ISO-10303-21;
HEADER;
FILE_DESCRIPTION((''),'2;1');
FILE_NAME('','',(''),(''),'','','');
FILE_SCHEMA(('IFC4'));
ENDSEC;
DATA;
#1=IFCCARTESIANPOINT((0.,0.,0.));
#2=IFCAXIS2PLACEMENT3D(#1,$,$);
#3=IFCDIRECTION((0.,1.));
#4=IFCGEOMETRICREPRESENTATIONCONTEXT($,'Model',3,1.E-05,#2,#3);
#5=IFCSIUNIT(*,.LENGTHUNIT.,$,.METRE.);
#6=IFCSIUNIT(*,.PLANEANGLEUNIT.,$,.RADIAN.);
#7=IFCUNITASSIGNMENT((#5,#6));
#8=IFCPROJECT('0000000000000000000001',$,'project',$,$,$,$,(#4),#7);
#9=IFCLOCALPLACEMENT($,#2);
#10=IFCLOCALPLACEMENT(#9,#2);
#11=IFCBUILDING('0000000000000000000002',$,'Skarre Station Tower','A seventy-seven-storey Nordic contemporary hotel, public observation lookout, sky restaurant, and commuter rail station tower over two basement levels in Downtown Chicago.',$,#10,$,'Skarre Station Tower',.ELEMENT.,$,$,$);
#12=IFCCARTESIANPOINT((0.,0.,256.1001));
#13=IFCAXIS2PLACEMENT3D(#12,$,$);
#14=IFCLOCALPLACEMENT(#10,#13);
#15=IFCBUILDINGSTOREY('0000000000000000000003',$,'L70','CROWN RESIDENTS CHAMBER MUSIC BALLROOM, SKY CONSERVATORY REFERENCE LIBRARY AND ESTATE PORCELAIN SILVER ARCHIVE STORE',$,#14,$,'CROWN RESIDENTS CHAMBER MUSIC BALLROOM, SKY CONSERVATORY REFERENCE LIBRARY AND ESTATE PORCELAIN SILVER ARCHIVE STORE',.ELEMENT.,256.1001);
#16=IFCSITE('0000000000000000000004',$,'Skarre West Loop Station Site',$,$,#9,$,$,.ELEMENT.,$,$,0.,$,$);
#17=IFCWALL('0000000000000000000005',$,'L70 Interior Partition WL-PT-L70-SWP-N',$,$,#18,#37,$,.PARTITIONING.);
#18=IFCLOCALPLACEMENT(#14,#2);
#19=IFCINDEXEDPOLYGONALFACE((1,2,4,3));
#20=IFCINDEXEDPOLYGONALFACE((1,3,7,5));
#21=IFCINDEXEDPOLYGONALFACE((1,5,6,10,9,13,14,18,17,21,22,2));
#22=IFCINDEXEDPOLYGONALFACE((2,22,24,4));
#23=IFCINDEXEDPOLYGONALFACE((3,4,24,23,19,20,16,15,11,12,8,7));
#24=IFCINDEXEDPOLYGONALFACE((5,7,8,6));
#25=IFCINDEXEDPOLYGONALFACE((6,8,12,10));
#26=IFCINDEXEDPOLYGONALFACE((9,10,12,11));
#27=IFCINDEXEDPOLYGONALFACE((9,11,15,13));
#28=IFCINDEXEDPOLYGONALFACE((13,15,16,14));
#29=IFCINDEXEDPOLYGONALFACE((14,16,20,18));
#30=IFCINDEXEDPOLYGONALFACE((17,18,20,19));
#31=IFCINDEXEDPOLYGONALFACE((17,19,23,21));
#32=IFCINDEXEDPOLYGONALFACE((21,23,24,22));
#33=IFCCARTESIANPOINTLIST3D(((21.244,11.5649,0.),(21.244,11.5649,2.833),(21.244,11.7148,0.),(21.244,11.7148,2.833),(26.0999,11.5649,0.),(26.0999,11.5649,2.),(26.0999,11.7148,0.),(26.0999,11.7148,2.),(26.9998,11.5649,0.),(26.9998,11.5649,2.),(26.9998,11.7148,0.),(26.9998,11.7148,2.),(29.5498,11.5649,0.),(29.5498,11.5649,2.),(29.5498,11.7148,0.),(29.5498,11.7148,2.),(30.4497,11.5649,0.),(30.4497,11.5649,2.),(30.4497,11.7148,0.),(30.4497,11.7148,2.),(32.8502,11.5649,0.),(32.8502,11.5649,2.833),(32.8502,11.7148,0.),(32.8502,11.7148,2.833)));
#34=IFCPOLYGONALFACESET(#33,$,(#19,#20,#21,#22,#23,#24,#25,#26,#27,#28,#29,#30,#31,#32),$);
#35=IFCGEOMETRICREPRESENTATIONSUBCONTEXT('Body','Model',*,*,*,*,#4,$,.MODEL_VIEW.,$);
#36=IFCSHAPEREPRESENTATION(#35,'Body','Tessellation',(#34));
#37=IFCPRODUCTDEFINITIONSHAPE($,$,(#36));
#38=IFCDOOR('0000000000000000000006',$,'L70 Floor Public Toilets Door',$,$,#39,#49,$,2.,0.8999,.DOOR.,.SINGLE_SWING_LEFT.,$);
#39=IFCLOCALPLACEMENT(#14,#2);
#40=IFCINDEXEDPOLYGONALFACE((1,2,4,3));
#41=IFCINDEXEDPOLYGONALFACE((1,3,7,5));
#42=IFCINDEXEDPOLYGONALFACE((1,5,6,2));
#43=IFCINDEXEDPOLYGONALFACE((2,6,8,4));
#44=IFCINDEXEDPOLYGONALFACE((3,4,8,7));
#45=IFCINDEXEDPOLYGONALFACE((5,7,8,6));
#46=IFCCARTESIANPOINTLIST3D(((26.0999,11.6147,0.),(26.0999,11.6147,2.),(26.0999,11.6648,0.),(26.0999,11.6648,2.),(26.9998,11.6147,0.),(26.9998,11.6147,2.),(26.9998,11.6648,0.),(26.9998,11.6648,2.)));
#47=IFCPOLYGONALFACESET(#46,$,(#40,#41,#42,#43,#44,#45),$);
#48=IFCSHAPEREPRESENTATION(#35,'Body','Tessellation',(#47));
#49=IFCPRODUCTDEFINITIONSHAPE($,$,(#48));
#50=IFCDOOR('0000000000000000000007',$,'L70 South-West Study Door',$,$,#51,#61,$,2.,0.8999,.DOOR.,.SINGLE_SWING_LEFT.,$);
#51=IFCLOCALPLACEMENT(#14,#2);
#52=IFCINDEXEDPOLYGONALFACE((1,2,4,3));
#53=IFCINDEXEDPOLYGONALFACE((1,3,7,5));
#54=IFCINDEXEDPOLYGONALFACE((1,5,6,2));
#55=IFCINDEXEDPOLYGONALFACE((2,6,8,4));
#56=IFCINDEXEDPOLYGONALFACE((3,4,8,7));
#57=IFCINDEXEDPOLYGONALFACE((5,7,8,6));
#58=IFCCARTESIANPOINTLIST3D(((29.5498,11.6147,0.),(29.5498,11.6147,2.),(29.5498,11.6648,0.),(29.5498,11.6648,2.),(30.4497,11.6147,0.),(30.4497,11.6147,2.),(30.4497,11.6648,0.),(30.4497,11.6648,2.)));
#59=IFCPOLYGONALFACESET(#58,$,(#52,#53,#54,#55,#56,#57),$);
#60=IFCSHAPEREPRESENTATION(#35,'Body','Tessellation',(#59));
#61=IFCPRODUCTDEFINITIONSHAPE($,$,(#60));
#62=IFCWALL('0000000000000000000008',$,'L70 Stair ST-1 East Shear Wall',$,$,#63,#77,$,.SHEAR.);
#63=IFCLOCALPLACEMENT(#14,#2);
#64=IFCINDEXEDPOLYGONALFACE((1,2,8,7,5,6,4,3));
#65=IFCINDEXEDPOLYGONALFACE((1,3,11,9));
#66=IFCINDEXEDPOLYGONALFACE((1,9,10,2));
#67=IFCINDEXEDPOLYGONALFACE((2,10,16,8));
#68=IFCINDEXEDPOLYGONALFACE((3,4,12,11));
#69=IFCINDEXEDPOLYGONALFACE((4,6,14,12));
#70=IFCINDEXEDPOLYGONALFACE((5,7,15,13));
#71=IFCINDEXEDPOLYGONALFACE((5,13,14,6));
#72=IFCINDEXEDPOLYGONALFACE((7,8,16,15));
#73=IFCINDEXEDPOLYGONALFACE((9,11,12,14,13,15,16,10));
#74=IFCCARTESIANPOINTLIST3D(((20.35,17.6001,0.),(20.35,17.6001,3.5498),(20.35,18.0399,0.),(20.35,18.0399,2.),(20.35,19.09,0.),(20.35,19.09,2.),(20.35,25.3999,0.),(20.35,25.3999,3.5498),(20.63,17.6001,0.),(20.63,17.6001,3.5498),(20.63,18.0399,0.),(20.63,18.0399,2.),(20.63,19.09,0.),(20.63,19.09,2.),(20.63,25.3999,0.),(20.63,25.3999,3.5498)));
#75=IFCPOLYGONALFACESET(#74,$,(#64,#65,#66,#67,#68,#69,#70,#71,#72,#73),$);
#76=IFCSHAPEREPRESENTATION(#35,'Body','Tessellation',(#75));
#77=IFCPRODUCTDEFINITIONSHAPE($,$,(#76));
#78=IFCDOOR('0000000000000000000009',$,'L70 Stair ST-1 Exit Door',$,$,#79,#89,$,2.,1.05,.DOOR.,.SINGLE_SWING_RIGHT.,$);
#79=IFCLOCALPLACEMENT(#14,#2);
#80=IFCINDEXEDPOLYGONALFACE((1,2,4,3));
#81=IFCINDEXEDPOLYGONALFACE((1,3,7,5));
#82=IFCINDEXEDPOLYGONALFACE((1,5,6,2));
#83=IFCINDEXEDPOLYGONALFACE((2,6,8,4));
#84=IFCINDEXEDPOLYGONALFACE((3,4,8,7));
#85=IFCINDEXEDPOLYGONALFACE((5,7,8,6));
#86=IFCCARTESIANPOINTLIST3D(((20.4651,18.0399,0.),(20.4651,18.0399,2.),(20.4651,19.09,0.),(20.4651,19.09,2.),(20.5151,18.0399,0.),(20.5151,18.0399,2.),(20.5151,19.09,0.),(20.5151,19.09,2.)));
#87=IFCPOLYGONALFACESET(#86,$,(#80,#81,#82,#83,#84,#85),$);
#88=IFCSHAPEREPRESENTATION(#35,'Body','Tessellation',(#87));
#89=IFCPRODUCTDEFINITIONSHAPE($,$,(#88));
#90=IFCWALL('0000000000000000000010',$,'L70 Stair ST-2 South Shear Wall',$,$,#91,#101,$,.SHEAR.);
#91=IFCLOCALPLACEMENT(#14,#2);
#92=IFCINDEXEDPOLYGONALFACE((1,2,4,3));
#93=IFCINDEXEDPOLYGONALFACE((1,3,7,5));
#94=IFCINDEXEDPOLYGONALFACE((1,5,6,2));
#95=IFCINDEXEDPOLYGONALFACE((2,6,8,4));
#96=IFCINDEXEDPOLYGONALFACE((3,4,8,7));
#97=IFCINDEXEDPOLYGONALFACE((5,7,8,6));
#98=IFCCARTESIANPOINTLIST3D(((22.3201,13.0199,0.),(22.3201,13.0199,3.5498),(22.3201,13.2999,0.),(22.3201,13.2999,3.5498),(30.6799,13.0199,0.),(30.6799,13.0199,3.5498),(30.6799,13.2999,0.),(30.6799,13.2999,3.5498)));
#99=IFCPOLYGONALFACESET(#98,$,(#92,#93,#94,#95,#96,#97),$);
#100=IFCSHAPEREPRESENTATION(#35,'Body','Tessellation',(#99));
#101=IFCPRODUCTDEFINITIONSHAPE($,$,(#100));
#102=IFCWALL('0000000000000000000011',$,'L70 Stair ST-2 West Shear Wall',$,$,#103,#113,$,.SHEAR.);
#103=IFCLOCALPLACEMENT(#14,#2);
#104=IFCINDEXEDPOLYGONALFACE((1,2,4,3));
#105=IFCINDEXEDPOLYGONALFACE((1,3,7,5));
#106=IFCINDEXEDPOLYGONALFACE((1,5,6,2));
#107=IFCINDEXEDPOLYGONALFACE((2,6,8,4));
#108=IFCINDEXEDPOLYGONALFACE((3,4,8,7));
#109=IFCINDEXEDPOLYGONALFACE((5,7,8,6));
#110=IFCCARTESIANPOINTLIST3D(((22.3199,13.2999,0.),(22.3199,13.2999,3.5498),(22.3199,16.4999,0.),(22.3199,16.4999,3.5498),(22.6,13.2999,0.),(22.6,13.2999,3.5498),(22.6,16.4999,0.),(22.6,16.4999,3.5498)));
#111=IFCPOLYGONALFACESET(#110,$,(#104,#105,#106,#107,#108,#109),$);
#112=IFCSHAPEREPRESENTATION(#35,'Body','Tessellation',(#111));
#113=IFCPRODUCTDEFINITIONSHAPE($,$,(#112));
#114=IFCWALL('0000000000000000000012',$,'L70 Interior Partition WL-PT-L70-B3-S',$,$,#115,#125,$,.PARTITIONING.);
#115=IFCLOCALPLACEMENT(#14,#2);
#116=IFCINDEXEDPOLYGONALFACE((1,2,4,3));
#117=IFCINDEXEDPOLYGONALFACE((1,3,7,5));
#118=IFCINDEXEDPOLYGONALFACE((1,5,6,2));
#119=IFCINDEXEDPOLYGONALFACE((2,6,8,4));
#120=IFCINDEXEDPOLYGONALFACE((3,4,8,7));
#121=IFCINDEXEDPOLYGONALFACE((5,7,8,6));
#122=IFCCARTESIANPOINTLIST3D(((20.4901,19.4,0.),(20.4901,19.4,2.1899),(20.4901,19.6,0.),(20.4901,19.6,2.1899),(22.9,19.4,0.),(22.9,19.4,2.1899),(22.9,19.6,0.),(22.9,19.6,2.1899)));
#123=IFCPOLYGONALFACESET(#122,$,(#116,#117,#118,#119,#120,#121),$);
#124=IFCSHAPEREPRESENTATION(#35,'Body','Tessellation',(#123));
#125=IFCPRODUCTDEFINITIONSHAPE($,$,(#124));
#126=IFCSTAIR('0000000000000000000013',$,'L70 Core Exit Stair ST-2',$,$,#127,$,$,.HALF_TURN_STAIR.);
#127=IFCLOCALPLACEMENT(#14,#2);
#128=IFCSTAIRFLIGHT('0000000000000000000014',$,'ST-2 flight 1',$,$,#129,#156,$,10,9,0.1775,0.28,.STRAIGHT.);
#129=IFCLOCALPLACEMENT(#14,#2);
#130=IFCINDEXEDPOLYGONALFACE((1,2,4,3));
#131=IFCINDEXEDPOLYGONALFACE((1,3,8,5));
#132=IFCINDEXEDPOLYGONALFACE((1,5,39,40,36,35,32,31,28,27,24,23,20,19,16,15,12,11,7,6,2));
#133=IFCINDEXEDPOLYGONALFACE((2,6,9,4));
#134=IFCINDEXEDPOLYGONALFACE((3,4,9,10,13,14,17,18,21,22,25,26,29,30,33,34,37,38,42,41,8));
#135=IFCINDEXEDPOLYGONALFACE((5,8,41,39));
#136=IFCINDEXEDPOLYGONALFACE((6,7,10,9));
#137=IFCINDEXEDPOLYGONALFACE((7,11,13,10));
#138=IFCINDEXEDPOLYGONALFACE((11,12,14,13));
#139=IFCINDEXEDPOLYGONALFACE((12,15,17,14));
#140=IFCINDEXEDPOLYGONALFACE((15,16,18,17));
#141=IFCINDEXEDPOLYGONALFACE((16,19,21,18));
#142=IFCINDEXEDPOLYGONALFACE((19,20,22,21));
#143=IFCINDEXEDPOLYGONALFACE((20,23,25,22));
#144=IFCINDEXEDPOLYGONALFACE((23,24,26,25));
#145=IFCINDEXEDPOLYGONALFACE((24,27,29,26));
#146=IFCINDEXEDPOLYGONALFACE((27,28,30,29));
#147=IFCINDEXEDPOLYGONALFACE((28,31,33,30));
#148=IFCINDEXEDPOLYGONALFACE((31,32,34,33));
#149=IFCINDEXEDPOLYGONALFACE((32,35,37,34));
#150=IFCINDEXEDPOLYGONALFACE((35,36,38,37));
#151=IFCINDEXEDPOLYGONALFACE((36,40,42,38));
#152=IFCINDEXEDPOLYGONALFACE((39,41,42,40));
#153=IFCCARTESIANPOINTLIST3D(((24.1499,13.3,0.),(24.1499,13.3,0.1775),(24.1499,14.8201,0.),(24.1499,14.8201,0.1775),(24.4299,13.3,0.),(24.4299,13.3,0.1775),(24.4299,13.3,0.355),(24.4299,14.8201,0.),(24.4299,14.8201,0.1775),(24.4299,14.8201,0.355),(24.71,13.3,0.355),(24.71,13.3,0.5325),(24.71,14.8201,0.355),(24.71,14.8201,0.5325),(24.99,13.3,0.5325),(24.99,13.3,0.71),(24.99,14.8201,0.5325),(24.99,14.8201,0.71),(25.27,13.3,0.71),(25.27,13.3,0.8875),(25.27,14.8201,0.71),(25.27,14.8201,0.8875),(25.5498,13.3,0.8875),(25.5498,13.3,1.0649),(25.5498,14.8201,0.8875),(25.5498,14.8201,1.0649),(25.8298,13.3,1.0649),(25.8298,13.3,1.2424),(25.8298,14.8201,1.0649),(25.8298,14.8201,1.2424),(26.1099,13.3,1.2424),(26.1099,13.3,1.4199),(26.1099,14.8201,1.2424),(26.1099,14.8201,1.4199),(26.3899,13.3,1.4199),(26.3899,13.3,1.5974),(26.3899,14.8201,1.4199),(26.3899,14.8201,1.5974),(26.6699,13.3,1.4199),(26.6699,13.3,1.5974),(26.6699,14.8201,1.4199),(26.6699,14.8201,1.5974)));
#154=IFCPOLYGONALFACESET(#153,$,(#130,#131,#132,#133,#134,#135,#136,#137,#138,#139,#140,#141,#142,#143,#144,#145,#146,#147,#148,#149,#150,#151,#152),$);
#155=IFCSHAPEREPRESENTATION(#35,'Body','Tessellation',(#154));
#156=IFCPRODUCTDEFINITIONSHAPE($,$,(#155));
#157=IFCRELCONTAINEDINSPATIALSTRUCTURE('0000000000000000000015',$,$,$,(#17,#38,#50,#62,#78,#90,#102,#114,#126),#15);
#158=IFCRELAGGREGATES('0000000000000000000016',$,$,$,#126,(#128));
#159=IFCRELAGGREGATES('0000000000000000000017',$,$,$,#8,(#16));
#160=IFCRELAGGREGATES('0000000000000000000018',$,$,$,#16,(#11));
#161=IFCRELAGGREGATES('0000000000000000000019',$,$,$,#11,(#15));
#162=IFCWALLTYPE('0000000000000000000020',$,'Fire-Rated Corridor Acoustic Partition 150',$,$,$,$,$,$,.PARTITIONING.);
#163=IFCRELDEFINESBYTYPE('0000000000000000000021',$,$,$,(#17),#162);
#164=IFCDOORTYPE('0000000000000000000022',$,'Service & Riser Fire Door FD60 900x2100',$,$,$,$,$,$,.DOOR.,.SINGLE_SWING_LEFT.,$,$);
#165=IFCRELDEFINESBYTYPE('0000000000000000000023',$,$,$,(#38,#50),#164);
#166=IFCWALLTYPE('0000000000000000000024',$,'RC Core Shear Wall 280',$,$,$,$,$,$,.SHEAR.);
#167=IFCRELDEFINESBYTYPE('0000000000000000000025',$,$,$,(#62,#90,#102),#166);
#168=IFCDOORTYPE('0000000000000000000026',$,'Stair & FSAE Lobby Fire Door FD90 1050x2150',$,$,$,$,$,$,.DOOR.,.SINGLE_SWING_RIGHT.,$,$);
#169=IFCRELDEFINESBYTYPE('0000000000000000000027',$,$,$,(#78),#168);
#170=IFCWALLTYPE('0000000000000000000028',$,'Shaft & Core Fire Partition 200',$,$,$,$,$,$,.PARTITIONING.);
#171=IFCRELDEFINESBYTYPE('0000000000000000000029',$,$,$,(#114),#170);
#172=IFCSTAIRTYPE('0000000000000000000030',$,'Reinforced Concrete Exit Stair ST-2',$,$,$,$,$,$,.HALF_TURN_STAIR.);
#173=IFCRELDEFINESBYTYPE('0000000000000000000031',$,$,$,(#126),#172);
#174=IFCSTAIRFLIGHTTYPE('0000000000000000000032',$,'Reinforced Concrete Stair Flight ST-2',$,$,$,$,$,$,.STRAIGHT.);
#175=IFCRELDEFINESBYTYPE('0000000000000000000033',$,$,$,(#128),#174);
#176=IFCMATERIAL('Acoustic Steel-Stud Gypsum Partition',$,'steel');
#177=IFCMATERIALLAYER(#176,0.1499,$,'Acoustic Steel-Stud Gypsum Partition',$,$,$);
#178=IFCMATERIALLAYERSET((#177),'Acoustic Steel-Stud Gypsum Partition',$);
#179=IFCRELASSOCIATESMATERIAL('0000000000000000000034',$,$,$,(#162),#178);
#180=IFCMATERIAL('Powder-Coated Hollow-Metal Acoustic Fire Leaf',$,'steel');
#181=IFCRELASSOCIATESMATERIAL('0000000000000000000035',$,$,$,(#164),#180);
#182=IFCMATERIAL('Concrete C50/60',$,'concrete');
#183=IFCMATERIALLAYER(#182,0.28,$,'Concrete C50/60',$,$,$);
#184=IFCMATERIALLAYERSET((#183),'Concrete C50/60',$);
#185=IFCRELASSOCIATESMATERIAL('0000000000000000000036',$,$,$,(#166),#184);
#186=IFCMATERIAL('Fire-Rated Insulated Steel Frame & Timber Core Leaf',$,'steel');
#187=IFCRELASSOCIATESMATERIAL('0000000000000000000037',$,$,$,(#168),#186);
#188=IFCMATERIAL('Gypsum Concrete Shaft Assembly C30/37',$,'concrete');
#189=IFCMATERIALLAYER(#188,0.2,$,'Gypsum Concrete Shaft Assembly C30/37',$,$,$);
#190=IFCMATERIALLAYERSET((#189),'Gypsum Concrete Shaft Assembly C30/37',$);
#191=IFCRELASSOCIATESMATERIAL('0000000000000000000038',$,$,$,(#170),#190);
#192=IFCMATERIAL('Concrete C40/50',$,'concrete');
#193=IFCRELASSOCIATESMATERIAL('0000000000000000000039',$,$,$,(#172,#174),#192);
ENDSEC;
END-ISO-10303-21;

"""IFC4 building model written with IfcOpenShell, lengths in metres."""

from ifc_helpers import new_model, si_unit, direction, frame, frame_2d, origin, place, context, subcontext, project, spatial, polyline, rectangle, outline, extrude, material, layer, layer_set, type_object, element, fill, aggregate, save


model = new_model("IFC4")

# Units and contexts
model_context = context("Model", 3, precision=1e-05, world=origin(), true_north=direction((0.0, 1.0)))
body_context = subcontext(model_context, "Body", "Model", "MODEL_VIEW")
ifc_project = project(units=[si_unit("LENGTHUNIT", "METRE"), si_unit("PLANEANGLEUNIT", "RADIAN")], contexts=[model_context])

# Site, building, storey
site_placement = place(None, origin())
site = spatial("IfcSite", under=ifc_project, at=site_placement, Name="Skarre West Loop Station Site", CompositionType="ELEMENT", RefElevation=0.0)
building_placement = place(site_placement, origin())
building = spatial("IfcBuilding", under=site, at=building_placement, Name="Skarre Station Tower", Description="A seventy-seven-storey Nordic contemporary hotel, public observation lookout, sky restaurant, and commuter rail station tower over two basement levels in Downtown Chicago.", LongName="Skarre Station Tower", CompositionType="ELEMENT")
storey_placement = place(building_placement, frame((0.0, 0.0, 256.1001)))
storey = spatial("IfcBuildingStorey", under=building, at=storey_placement, Name="L70", Description="CROWN RESIDENTS CHAMBER MUSIC BALLROOM, SKY CONSERVATORY REFERENCE LIBRARY AND ESTATE PORCELAIN SILVER ARCHIVE STORE", LongName="CROWN RESIDENTS CHAMBER MUSIC BALLROOM, SKY CONSERVATORY REFERENCE LIBRARY AND ESTATE PORCELAIN SILVER ARCHIVE STORE", CompositionType="ELEMENT", Elevation=256.1001)

# Shared definitions
ifc_material_1 = material(Name="Concrete C50/60", Category="concrete")

# Shared definitions
ifc_material_2 = material(Name="Acoustic Steel-Stud Gypsum Partition", Category="steel")
ifc_layer_1 = layer(ifc_material_2, 0.1499, Name="Acoustic Steel-Stud Gypsum Partition")
ifc_layer_set_1 = layer_set([ifc_layer_1], Name="Acoustic Steel-Stud Gypsum Partition")
wall_type_1 = type_object("IfcWallType", Name="Fire-Rated Corridor Acoustic Partition 150", PredefinedType="PARTITIONING", material=ifc_layer_set_1)

# Shared definitions
ifc_material_3 = material(Name="Powder-Coated Hollow-Metal Acoustic Fire Leaf", Category="steel")

# Wall, openings, doors
wall_1_placement = place(storey_placement, frame((21.2439, 11.6399, 0.0), z_axis=(0.0, 0.0, 1.0), x_axis=(1.0, 0.0, 0.0)))
wall_1 = element("IfcWall", 1, at=wall_1_placement, inside=storey, type_object=wall_type_1, Name="L70 Interior Partition WL-PT-L70-SWP-N", PredefinedType="PARTITIONING", context=body_context, shape_type="SweptSolid", body=[
    extrude(rectangle(XDim=11.6062, YDim=0.1499, at=frame_2d((5.8032, 0.0))), origin(), (0.0, 0.0, 1.0), 2.833),
])
opening_1_placement = place(wall_1_placement, frame((4.856, 0.0, 0.0)))
opening_1 = element("IfcOpeningElement", 2, at=opening_1_placement, cuts=wall_1, PredefinedType="OPENING", context=body_context, shape_type="SweptSolid", body=[
    extrude(rectangle(XDim=0.8999, YDim=2.0, at=frame_2d((0.45, 1.0))), frame((0.0, 0.085, 0.0), z_axis=(0.0, -1.0, 0.0), x_axis=(1.0, 0.0, 0.0)), (0.0, 0.0, 1.0), 0.1699),
])
opening_2_placement = place(wall_1_placement, frame((8.3059, 0.0, 0.0)))
opening_2 = element("IfcOpeningElement", 3, at=opening_2_placement, cuts=wall_1, PredefinedType="OPENING", context=body_context, shape_type="SweptSolid", body=[
    extrude(rectangle(XDim=0.8999, YDim=2.0, at=frame_2d((0.45, 1.0))), frame((0.0, 0.085, 0.0), z_axis=(0.0, -1.0, 0.0), x_axis=(1.0, 0.0, 0.0)), (0.0, 0.0, 1.0), 0.1699),
])
door_type_1 = type_object("IfcDoorType", Name="Service & Riser Fire Door FD60 900x2100", OperationType="SINGLE_SWING_LEFT", PredefinedType="DOOR", material=ifc_material_3)
door_1_placement = place(opening_1_placement, origin())
door_1 = element("IfcDoor", 4, at=door_1_placement, inside=storey, type_object=door_type_1, Name="L70 Floor Public Toilets Door", OperationType="SINGLE_SWING_LEFT", OverallHeight=2.0, OverallWidth=0.8999, PredefinedType="DOOR", context=body_context, shape_type="SweptSolid", body=[
    extrude(rectangle(XDim=0.8999, YDim=2.0, at=frame_2d((0.45, 1.0))), frame((0.0, 0.0249, 0.0), z_axis=(0.0, -1.0, 0.0), x_axis=(1.0, 0.0, 0.0)), (0.0, 0.0, 1.0), 0.05),
])
fill(opening_1, door_1)
door_2_placement = place(opening_2_placement, origin())
door_2 = element("IfcDoor", 5, at=door_2_placement, inside=storey, type_object=door_type_1, Name="L70 South-West Study Door", OperationType="SINGLE_SWING_LEFT", OverallHeight=2.0, OverallWidth=0.8999, PredefinedType="DOOR", context=body_context, shape_type="SweptSolid", body=[
    extrude(rectangle(XDim=0.8999, YDim=2.0, at=frame_2d((0.45, 1.0))), frame((0.0, 0.0249, 0.0), z_axis=(0.0, -1.0, 0.0), x_axis=(1.0, 0.0, 0.0)), (0.0, 0.0, 1.0), 0.05),
])
fill(opening_2, door_2)

# Wall, opening, door
ifc_layer_2 = layer(ifc_material_1, 0.28, Name="Concrete C50/60")
ifc_layer_set_2 = layer_set([ifc_layer_2], Name="Concrete C50/60")
wall_type_2 = type_object("IfcWallType", Name="RC Core Shear Wall 280", PredefinedType="SHEAR", material=ifc_layer_set_2)
wall_2_placement = place(storey_placement, frame((20.49, 17.6001, 0.0), z_axis=(0.0, 0.0, 1.0), x_axis=(0.0, 1.0, 0.0)))
wall_2 = element("IfcWall", 6, at=wall_2_placement, inside=storey, type_object=wall_type_2, Name="L70 Stair ST-1 East Shear Wall", PredefinedType="SHEAR", context=body_context, shape_type="SweptSolid", body=[
    extrude(rectangle(XDim=7.7998, YDim=0.28, at=frame_2d((3.8999, 0.0))), origin(), (0.0, 0.0, 1.0), 3.5498),
])
opening_3_placement = place(wall_2_placement, frame((0.4399, 0.0, 0.0)))
opening_3 = element("IfcOpeningElement", 7, at=opening_3_placement, cuts=wall_2, PredefinedType="OPENING", context=body_context, shape_type="SweptSolid", body=[
    extrude(rectangle(XDim=1.05, YDim=2.0, at=frame_2d((0.5249, 1.0))), frame((0.0, 0.1499, 0.0), z_axis=(0.0, -1.0, 0.0), x_axis=(1.0, 0.0, 0.0)), (0.0, 0.0, 1.0), 0.3),
])
ifc_material_4 = material(Name="Fire-Rated Insulated Steel Frame & Timber Core Leaf", Category="steel")
door_type_2 = type_object("IfcDoorType", Name="Stair & FSAE Lobby Fire Door FD90 1050x2150", OperationType="SINGLE_SWING_RIGHT", PredefinedType="DOOR", material=ifc_material_4)
door_3_placement = place(opening_3_placement, origin())
door_3 = element("IfcDoor", 8, at=door_3_placement, inside=storey, type_object=door_type_2, Name="L70 Stair ST-1 Exit Door", OperationType="SINGLE_SWING_RIGHT", OverallHeight=2.0, OverallWidth=1.05, PredefinedType="DOOR", context=body_context, shape_type="SweptSolid", body=[
    extrude(rectangle(XDim=1.05, YDim=2.0, at=frame_2d((0.5249, 1.0))), frame((0.0, 0.0249, 0.0), z_axis=(0.0, -1.0, 0.0), x_axis=(1.0, 0.0, 0.0)), (0.0, 0.0, 1.0), 0.05),
])
fill(opening_3, door_3)

# Walls
wall_3_placement = place(storey_placement, frame((22.3201, 13.1599, 0.0), z_axis=(0.0, 0.0, 1.0), x_axis=(1.0, 0.0, 0.0)))
element("IfcWall", 9, at=wall_3_placement, inside=storey, type_object=wall_type_2, Name="L70 Stair ST-2 South Shear Wall", PredefinedType="SHEAR", context=body_context, shape_type="SweptSolid", body=[
    extrude(rectangle(XDim=8.3599, YDim=0.28, at=frame_2d((4.1799, 0.0))), origin(), (0.0, 0.0, 1.0), 3.5498),
])
wall_4_placement = place(storey_placement, frame((22.46, 16.5, 0.0), z_axis=(0.0, 0.0, 1.0), x_axis=(0.0, -1.0, 0.0)))
element("IfcWall", 10, at=wall_4_placement, inside=storey, type_object=wall_type_2, Name="L70 Stair ST-2 West Shear Wall", PredefinedType="SHEAR", context=body_context, shape_type="SweptSolid", body=[
    extrude(rectangle(XDim=3.2, YDim=0.28, at=frame_2d((1.6001, 0.0))), origin(), (0.0, 0.0, 1.0), 3.5498),
])
ifc_material_5 = material(Name="Gypsum Concrete Shaft Assembly C30/37", Category="concrete")
ifc_layer_3 = layer(ifc_material_5, 0.2, Name="Gypsum Concrete Shaft Assembly C30/37")
ifc_layer_set_3 = layer_set([ifc_layer_3], Name="Gypsum Concrete Shaft Assembly C30/37")
wall_type_3 = type_object("IfcWallType", Name="Shaft & Core Fire Partition 200", PredefinedType="PARTITIONING", material=ifc_layer_set_3)
wall_5_placement = place(storey_placement, frame((20.49, 19.5, 0.0), z_axis=(0.0, 0.0, 1.0), x_axis=(1.0, 0.0, 0.0)))
element("IfcWall", 11, at=wall_5_placement, inside=storey, type_object=wall_type_3, Name="L70 Interior Partition WL-PT-L70-B3-S", PredefinedType="PARTITIONING", context=body_context, shape_type="SweptSolid", body=[
    extrude(rectangle(XDim=2.4099, YDim=0.2, at=frame_2d((1.2051, 0.0))), origin(), (0.0, 0.0, 1.0), 2.1899),
])

# Stair, stair flight
ifc_material_6 = material(Name="Concrete C40/50", Category="concrete")
stair_type = type_object("IfcStairType", Name="Reinforced Concrete Exit Stair ST-2", PredefinedType="HALF_TURN_STAIR", material=ifc_material_6)
stair_placement = place(storey_placement, origin())
stair = element("IfcStair", 12, at=stair_placement, inside=storey, type_object=stair_type, Name="L70 Core Exit Stair ST-2", PredefinedType="HALF_TURN_STAIR")
stair_flight_type = type_object("IfcStairFlightType", Name="Reinforced Concrete Stair Flight ST-2", PredefinedType="STRAIGHT", material=ifc_material_6)
stair_flight_1_placement = place(storey_placement, frame((24.1499, 14.0601, 0.0), z_axis=(0.0, 0.0, 1.0), x_axis=(1.0, 0.0, 0.0)))
stair_flight_1 = element("IfcStairFlight", 13, at=stair_flight_1_placement, type_object=stair_flight_type, Name="ST-2 flight 1", NumberOfRisers=10, NumberOfTreads=9, PredefinedType="STRAIGHT", RiserHeight=0.1775, TreadLength=0.28, context=body_context, shape_type="SweptSolid", body=[
    extrude(outline(polyline([(0.0, 0.0), (0.0, 0.1775), (0.28, 0.1775), (0.28, 0.355), (0.5601, 0.355), (0.5601, 0.5325), (0.8401, 0.5325), (0.8401, 0.71), (1.1201, 0.71), (1.1201, 0.8875), (1.3999, 0.8875), (1.3999, 1.0649), (1.6799, 1.0649), (1.6799, 1.2424), (1.96, 1.2424), (1.96, 1.4199), (2.24, 1.4199), (2.24, 1.5974), (2.52, 1.5974), (2.52, 1.7749), (2.52, 1.4199), (0.28, 0.0), (0.0, 0.0)])), frame((0.0, 0.76, 0.0), z_axis=(0.0, -1.0, 0.0), x_axis=(1.0, 0.0, 0.0)), (0.0, 0.0, 1.0), 1.52),
])
aggregate(stair, [stair_flight_1])

save(model, "model.ifc")
